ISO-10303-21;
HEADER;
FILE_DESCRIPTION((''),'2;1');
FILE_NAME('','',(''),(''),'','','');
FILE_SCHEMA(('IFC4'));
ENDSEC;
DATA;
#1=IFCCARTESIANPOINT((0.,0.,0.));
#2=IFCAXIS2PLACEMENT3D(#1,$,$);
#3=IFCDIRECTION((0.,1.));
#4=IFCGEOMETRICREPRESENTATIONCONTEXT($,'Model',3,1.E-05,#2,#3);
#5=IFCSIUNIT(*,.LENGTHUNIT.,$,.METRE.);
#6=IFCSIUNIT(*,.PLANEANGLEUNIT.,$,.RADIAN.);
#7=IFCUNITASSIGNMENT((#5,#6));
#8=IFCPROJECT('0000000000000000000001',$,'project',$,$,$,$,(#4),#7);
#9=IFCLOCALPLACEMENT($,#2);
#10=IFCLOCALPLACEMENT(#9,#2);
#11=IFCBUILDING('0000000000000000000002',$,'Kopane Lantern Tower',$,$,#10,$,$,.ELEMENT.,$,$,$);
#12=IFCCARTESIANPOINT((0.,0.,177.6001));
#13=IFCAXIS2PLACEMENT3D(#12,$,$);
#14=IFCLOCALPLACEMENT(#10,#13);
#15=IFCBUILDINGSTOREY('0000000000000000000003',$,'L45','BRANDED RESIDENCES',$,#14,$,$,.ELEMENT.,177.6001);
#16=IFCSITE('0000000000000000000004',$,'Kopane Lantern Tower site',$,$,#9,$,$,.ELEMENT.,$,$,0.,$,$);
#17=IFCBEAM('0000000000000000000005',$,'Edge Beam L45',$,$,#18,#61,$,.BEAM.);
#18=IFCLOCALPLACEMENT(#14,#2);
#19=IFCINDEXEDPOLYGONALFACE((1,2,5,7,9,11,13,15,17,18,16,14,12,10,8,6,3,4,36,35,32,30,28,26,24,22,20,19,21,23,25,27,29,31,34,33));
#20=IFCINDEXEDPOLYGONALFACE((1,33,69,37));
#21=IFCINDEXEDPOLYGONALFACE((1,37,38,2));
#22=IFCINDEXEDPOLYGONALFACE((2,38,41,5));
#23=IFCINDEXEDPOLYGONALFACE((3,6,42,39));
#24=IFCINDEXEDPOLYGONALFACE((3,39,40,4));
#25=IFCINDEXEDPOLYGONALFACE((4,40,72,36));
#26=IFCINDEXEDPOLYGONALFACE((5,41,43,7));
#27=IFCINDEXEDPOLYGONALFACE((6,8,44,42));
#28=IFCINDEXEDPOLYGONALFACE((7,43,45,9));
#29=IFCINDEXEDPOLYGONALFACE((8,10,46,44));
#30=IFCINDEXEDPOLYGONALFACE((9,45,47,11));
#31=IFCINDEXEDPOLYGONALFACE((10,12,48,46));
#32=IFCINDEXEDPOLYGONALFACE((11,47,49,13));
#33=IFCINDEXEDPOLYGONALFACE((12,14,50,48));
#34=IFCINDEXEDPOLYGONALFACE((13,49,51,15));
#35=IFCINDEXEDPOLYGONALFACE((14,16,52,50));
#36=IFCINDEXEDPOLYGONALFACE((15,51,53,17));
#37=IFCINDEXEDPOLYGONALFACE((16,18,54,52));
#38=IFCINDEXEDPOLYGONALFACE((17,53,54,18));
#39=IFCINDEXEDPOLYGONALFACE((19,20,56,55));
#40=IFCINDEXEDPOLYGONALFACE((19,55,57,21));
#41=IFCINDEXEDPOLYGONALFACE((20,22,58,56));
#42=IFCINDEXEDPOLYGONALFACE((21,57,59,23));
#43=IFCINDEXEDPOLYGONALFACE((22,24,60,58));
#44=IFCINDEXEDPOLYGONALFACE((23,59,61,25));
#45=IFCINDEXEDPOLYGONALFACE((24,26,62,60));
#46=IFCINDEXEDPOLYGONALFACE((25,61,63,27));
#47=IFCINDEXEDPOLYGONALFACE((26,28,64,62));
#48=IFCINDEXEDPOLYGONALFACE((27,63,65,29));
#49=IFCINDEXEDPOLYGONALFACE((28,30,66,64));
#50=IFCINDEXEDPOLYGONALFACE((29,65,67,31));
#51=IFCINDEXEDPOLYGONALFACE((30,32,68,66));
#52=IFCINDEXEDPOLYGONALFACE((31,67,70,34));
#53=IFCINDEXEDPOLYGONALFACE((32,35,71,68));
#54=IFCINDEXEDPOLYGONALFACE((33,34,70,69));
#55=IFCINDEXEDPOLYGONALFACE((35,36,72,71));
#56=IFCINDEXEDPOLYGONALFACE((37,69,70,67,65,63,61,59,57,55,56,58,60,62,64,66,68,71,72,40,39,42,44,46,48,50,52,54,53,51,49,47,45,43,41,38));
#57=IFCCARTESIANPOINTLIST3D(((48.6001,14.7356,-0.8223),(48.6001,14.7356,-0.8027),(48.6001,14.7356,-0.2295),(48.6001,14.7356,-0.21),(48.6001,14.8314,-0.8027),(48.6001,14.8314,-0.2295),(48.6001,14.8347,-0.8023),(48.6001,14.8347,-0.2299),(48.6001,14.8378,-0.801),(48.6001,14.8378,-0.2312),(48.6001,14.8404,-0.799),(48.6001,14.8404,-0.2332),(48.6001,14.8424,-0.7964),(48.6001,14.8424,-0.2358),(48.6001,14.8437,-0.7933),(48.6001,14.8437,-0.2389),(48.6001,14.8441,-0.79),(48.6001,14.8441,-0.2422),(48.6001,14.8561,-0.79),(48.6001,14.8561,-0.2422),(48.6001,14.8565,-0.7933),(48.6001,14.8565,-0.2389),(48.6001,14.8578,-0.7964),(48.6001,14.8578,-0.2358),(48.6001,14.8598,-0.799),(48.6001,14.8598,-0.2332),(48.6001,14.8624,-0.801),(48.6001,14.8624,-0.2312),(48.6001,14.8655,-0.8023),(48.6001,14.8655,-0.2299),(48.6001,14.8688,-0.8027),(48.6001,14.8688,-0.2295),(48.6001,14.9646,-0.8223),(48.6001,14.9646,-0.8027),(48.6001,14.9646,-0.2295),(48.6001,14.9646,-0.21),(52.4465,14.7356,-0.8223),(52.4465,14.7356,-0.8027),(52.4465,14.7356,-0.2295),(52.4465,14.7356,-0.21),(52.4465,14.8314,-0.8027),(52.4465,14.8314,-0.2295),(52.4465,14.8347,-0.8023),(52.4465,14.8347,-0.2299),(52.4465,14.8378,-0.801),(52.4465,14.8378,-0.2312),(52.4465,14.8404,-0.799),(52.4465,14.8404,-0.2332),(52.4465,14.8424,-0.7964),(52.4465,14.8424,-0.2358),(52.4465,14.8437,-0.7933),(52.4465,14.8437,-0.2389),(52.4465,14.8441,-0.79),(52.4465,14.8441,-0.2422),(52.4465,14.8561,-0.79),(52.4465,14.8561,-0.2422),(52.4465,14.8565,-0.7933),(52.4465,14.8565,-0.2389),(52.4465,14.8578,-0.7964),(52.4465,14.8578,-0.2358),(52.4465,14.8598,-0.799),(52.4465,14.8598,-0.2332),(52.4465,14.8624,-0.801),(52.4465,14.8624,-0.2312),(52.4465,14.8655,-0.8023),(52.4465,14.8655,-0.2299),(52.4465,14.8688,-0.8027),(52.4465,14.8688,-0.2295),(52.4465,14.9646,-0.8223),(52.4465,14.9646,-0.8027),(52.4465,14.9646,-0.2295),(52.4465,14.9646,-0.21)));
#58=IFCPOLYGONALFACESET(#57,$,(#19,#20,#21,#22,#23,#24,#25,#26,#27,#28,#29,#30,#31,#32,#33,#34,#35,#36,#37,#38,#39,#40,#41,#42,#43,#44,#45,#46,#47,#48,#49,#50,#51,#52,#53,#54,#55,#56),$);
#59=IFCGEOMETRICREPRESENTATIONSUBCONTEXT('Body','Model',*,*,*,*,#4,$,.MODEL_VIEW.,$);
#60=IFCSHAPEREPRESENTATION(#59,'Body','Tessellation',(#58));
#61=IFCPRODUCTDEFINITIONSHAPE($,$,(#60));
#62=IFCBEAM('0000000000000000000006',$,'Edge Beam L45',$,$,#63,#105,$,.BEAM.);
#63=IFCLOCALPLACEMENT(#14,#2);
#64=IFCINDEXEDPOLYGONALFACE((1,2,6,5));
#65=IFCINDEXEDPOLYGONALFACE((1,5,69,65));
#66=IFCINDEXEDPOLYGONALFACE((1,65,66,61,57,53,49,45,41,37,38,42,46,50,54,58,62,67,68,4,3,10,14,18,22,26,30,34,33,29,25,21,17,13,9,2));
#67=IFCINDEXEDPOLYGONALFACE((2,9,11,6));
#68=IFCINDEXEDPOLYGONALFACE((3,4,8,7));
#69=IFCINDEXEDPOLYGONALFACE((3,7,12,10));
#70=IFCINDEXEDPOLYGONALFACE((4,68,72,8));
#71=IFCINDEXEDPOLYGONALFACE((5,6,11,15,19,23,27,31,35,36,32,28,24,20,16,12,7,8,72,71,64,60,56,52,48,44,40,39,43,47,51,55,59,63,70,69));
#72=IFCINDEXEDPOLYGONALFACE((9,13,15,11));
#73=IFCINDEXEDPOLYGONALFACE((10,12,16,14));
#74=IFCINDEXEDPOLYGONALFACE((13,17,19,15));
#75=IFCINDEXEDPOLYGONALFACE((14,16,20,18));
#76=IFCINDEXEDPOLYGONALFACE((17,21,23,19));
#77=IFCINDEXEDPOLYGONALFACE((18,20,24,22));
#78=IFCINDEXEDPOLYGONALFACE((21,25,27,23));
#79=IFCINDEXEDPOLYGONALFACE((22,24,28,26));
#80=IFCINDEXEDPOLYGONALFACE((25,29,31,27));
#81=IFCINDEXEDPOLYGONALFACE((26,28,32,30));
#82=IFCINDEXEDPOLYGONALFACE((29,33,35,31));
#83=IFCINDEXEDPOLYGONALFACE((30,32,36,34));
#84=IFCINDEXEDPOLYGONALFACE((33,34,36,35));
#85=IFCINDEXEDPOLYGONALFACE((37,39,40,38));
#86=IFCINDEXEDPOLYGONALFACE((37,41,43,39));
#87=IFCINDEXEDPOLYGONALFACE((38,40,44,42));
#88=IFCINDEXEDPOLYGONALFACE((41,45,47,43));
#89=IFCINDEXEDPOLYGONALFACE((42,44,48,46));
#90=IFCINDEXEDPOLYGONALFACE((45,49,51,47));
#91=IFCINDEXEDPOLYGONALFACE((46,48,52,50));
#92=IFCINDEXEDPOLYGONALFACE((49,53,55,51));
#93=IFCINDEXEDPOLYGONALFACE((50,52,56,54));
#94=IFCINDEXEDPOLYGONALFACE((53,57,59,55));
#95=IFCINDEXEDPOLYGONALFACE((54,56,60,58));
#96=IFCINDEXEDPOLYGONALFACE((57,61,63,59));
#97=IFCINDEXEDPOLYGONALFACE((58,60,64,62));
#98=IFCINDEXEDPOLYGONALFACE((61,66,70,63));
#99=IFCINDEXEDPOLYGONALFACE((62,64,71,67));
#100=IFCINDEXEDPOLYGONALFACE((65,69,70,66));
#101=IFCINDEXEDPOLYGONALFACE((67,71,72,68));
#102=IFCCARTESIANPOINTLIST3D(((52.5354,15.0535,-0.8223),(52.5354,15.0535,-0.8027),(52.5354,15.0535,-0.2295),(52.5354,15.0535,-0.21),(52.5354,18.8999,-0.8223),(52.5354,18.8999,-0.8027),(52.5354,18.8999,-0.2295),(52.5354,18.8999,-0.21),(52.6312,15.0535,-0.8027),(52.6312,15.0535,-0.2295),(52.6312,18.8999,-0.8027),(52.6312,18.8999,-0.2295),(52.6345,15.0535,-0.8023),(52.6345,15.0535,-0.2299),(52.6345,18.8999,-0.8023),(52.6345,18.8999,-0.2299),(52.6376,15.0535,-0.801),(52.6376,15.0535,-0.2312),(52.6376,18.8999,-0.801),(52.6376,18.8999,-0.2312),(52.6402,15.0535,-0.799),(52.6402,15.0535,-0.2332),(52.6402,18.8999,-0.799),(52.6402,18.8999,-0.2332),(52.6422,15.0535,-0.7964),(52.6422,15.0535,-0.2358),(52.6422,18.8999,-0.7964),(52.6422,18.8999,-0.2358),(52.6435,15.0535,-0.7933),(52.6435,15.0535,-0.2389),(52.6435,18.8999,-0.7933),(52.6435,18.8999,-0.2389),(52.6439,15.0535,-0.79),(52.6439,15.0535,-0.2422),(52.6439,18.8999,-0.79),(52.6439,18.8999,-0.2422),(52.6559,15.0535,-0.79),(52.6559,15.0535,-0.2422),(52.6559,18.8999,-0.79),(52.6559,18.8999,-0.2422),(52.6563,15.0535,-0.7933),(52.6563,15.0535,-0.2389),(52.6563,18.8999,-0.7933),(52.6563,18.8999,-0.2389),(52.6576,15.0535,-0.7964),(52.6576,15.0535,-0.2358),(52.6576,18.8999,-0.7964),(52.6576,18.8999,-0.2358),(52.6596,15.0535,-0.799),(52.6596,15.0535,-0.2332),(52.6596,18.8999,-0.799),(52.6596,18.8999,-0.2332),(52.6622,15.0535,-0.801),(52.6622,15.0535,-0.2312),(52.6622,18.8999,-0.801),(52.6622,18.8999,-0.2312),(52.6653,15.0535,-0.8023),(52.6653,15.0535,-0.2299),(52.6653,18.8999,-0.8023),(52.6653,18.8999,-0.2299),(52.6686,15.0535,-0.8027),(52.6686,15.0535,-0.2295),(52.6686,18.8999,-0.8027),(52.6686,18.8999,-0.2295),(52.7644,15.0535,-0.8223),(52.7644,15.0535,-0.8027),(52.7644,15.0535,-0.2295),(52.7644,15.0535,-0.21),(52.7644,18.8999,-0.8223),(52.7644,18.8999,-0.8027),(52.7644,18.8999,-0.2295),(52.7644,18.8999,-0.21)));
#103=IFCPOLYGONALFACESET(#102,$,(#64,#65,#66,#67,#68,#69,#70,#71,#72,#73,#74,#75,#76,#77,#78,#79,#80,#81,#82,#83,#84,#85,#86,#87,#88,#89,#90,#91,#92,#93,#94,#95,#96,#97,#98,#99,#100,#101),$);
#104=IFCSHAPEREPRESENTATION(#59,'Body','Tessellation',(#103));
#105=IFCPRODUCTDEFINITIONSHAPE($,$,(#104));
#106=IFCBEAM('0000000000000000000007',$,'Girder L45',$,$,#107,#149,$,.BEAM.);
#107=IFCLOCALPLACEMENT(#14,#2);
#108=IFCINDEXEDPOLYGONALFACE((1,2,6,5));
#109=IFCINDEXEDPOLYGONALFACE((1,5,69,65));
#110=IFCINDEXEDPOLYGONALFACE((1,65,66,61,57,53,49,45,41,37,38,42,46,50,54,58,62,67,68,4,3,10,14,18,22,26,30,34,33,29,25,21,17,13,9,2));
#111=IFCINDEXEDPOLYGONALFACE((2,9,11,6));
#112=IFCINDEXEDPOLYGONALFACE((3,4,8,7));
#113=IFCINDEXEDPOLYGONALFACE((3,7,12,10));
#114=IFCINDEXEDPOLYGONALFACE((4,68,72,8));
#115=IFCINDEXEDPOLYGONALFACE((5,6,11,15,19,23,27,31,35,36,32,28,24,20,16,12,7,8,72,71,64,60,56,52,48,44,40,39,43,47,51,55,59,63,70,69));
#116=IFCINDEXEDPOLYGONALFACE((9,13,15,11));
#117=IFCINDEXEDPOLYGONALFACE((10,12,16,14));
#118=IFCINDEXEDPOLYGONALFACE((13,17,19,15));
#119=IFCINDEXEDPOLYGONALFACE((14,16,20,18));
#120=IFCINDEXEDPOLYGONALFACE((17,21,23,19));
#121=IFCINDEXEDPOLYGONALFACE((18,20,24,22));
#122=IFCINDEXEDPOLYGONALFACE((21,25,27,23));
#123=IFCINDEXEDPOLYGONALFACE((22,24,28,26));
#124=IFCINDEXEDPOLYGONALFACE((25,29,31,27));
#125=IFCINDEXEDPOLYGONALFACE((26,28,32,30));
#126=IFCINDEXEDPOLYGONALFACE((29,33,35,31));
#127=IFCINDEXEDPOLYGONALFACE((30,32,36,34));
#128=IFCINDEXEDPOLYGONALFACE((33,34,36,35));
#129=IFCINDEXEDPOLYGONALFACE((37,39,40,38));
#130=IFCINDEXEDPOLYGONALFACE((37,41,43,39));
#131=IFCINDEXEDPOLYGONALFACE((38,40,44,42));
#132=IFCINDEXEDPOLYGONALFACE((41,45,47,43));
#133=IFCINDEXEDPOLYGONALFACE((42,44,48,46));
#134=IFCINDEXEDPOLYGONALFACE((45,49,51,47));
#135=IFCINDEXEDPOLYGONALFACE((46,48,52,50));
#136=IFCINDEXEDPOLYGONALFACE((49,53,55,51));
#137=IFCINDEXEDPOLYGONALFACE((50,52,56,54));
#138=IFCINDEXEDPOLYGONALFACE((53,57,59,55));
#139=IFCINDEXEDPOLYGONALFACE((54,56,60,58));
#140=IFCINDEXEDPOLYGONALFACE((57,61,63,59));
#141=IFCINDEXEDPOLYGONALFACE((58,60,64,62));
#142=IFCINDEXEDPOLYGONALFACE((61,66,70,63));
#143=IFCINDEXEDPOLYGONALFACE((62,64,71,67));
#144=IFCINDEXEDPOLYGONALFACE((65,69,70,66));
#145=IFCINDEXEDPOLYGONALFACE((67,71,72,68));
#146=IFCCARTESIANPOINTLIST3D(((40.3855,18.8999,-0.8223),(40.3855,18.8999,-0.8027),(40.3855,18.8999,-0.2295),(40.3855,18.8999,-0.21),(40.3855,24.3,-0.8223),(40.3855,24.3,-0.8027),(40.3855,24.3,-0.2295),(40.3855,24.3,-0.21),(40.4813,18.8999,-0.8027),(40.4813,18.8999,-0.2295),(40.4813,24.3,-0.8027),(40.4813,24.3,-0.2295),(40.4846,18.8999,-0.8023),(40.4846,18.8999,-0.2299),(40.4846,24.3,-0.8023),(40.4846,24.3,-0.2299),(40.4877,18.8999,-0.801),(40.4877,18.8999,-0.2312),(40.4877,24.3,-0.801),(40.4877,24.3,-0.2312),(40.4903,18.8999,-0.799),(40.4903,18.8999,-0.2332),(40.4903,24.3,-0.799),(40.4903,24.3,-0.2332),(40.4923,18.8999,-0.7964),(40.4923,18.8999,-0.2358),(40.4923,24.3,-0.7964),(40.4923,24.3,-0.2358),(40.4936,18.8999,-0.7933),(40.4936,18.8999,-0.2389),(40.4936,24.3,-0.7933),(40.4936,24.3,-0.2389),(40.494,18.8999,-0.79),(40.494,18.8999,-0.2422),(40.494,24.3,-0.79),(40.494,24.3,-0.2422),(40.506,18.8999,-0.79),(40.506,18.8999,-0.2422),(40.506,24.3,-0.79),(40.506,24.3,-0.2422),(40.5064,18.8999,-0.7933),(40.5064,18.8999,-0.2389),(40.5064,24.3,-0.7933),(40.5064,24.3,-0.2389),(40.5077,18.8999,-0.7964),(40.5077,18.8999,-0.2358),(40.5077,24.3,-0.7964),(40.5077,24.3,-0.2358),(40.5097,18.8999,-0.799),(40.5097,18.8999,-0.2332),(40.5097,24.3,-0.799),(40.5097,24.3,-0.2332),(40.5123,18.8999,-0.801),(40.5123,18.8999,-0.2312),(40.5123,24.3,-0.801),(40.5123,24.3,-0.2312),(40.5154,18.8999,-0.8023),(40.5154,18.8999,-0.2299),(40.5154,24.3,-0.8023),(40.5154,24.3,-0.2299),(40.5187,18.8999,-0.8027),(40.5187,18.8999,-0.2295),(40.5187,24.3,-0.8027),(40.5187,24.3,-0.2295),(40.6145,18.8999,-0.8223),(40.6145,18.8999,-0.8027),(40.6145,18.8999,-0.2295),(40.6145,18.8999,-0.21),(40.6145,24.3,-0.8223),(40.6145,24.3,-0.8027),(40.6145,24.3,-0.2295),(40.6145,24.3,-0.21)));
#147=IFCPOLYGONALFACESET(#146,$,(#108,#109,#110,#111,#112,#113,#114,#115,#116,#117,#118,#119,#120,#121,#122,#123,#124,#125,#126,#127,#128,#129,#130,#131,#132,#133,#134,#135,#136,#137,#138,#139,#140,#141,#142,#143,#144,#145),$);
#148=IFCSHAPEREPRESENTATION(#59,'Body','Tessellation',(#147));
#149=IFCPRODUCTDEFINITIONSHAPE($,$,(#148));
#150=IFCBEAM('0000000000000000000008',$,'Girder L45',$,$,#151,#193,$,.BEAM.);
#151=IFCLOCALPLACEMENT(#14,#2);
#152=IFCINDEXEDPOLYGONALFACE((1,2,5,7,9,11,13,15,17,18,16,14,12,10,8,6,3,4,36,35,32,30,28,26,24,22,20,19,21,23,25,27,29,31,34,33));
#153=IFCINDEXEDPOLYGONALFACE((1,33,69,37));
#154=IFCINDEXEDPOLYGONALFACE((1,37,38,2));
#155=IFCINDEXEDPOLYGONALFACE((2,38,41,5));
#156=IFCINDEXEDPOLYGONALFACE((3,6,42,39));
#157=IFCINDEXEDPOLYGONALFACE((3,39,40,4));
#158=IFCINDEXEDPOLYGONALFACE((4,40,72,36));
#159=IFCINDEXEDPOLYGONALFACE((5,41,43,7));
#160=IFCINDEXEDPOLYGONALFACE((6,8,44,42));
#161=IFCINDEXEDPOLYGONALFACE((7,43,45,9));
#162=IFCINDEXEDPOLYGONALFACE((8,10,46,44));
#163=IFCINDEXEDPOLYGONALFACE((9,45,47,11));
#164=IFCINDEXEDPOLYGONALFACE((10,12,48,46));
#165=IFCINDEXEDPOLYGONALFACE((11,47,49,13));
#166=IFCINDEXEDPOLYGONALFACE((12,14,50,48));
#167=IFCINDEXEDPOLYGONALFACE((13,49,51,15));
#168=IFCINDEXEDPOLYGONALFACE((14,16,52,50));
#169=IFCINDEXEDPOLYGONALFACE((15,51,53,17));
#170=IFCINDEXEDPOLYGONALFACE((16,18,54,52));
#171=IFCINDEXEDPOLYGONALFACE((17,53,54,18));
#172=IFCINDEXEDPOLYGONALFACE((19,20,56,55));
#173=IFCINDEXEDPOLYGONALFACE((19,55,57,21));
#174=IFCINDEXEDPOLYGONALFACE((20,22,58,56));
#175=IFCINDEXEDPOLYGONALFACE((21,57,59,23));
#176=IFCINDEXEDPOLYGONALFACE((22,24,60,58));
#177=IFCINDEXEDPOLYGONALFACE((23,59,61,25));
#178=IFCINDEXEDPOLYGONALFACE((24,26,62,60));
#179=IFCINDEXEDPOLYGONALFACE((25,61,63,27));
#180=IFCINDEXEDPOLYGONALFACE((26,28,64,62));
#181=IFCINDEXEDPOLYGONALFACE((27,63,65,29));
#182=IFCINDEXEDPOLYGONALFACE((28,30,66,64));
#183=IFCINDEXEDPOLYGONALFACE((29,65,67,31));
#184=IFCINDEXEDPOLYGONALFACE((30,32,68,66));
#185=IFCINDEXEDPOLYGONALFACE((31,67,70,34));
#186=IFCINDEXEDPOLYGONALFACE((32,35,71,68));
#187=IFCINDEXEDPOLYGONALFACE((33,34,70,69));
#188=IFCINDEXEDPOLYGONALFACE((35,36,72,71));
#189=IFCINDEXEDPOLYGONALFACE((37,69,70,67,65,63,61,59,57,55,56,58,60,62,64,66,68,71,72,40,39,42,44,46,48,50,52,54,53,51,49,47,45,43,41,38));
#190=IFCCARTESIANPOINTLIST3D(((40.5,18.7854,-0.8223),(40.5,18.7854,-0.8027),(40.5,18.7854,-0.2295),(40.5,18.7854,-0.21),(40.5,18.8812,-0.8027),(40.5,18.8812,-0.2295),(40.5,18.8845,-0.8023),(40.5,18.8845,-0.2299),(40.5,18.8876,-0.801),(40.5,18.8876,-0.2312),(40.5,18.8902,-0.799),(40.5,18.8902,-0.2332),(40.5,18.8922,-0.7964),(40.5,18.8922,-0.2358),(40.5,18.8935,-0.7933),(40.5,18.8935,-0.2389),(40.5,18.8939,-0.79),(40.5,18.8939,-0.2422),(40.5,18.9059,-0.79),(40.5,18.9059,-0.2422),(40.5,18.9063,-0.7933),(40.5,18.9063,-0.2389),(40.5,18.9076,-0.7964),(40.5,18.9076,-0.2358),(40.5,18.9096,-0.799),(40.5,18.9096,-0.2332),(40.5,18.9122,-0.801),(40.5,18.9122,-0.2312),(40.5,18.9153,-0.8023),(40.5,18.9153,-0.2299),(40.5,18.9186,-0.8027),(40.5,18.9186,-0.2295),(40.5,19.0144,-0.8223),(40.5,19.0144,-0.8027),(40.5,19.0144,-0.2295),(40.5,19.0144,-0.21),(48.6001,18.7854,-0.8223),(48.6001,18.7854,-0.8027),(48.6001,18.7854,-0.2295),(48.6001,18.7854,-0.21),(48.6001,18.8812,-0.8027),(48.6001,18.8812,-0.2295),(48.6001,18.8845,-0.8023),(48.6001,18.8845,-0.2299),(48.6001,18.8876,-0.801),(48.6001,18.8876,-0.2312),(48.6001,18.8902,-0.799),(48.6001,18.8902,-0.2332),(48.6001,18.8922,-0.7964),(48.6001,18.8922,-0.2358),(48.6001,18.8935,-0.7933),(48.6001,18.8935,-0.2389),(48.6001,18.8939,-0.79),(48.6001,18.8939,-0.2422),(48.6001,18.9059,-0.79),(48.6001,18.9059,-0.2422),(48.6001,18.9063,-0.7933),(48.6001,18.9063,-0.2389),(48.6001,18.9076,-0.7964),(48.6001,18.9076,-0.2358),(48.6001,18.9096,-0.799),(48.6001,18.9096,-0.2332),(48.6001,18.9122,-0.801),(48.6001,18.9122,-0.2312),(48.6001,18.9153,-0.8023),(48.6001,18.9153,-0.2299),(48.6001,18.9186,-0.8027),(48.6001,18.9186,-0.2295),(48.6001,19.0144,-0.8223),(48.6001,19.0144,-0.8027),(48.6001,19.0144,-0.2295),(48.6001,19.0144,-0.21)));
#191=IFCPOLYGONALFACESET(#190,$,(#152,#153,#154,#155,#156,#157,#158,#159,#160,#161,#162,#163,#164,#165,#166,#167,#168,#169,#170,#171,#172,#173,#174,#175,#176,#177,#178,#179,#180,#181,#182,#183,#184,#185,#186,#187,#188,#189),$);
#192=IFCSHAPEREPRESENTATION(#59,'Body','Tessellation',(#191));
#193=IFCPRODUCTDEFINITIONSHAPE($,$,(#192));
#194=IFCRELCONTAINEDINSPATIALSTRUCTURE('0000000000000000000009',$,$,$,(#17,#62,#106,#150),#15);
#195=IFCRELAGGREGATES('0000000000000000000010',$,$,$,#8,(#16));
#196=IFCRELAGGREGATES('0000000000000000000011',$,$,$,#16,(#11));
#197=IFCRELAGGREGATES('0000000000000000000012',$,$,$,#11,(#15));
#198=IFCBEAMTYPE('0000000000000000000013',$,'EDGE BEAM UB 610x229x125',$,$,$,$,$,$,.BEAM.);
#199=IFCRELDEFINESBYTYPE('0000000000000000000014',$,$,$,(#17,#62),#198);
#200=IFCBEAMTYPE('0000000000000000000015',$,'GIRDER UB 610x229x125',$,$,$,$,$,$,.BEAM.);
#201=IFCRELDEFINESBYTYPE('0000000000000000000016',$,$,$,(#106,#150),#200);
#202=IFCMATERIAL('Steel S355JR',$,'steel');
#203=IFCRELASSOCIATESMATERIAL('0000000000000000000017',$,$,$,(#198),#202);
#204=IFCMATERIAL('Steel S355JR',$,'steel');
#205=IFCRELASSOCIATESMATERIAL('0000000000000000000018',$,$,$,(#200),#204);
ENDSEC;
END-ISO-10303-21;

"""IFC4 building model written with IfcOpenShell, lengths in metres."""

from ifc_helpers import new_model, si_unit, direction, frame, origin, origin_2d, place, context, subcontext, project, spatial, i_section, extrude, material, material_profile, profile_set, type_object, element, save


model = new_model("IFC4")

# Units and contexts
model_context = context("Model", 3, precision=1e-05, world=origin(), true_north=direction((0.0, 1.0)))
body_context = subcontext(model_context, "Body", "Model", "MODEL_VIEW")
ifc_project = project(units=[si_unit("LENGTHUNIT", "METRE"), si_unit("PLANEANGLEUNIT", "RADIAN")], contexts=[model_context])

# Site, building, storey
site_placement = place(None, origin())
site = spatial("IfcSite", under=ifc_project, at=site_placement, Name="Kopane Lantern Tower site", CompositionType="ELEMENT", RefElevation=0.0)
building_placement = place(site_placement, origin())
building = spatial("IfcBuilding", under=site, at=building_placement, Name="Kopane Lantern Tower", CompositionType="ELEMENT")
storey_placement = place(building_placement, frame((0.0, 0.0, 177.6001)))
storey = spatial("IfcBuildingStorey", under=building, at=storey_placement, Name="L45", Description="BRANDED RESIDENCES", CompositionType="ELEMENT", Elevation=177.6001)

# Beams
ifc_material_1 = material(Name="Steel S355JR", Category="steel")
ifc_material_profile_1 = material_profile(ifc_material_1, i_section(OverallWidth=0.229, OverallDepth=0.6123, WebThickness=0.012, FlangeThickness=0.0195, FilletRadius=0.0127, at=origin_2d()), Name="UB 610x229x125")
ifc_profile_set_1 = profile_set([ifc_material_profile_1], Name="Steel S355JR")
beam_type_1 = type_object("IfcBeamType", Name="EDGE BEAM UB 610x229x125", PredefinedType="BEAM", material=ifc_profile_set_1)
for number, where, z_axis, x_axis, name in (
    (1, (52.4465, 14.8501, -0.5161), (-1.0, 0.0, 0.0), (0.0, -1.0, 0.0), "Edge Beam L45"),
    (2, (52.6499, 15.0535, -0.5161), (0.0, 1.0, 0.0), (-1.0, 0.0, 0.0), "Edge Beam L45"),
):
    element("IfcBeam", number, at=place(storey_placement, frame(where, z_axis=z_axis, x_axis=x_axis)), inside=storey, type_object=beam_type_1, Name=name, PredefinedType="BEAM", context=body_context, shape_type="SweptSolid", body=[
        extrude(i_section(OverallWidth=0.229, OverallDepth=0.6123, WebThickness=0.012, FlangeThickness=0.0195, FilletRadius=0.0127, at=origin_2d()), origin(), (0.0, 0.0, 1.0), 3.8464),
    ])
ifc_material_2 = material(Name="Steel S355JR", Category="steel")
ifc_material_profile_2 = material_profile(ifc_material_2, i_section(OverallWidth=0.229, OverallDepth=0.6123, WebThickness=0.012, FlangeThickness=0.0195, FilletRadius=0.0127, at=origin_2d()), Name="UB 610x229x125")
ifc_profile_set_2 = profile_set([ifc_material_profile_2], Name="Steel S355JR")
beam_type_2 = type_object("IfcBeamType", Name="GIRDER UB 610x229x125", PredefinedType="BEAM", material=ifc_profile_set_2)
beam_1_placement = place(storey_placement, frame((40.5, 18.8999, -0.5161), z_axis=(0.0, 1.0, 0.0), x_axis=(-1.0, 0.0, 0.0)))
element("IfcBeam", 3, at=beam_1_placement, inside=storey, type_object=beam_type_2, Name="Girder L45", PredefinedType="BEAM", context=body_context, shape_type="SweptSolid", body=[
    extrude(i_section(OverallWidth=0.229, OverallDepth=0.6123, WebThickness=0.012, FlangeThickness=0.0195, FilletRadius=0.0127, at=origin_2d()), origin(), (0.0, 0.0, 1.0), 5.4001),
])
beam_2_placement = place(storey_placement, frame((40.5, 18.8999, -0.5161), z_axis=(1.0, 0.0, 0.0), x_axis=(0.0, 1.0, 0.0)))
element("IfcBeam", 4, at=beam_2_placement, inside=storey, type_object=beam_type_2, Name="Girder L45", PredefinedType="BEAM", context=body_context, shape_type="SweptSolid", body=[
    extrude(i_section(OverallWidth=0.229, OverallDepth=0.6123, WebThickness=0.012, FlangeThickness=0.0195, FilletRadius=0.0127, at=origin_2d()), origin(), (0.0, 0.0, 1.0), 8.1001),
])

save(model, "model.ifc")
